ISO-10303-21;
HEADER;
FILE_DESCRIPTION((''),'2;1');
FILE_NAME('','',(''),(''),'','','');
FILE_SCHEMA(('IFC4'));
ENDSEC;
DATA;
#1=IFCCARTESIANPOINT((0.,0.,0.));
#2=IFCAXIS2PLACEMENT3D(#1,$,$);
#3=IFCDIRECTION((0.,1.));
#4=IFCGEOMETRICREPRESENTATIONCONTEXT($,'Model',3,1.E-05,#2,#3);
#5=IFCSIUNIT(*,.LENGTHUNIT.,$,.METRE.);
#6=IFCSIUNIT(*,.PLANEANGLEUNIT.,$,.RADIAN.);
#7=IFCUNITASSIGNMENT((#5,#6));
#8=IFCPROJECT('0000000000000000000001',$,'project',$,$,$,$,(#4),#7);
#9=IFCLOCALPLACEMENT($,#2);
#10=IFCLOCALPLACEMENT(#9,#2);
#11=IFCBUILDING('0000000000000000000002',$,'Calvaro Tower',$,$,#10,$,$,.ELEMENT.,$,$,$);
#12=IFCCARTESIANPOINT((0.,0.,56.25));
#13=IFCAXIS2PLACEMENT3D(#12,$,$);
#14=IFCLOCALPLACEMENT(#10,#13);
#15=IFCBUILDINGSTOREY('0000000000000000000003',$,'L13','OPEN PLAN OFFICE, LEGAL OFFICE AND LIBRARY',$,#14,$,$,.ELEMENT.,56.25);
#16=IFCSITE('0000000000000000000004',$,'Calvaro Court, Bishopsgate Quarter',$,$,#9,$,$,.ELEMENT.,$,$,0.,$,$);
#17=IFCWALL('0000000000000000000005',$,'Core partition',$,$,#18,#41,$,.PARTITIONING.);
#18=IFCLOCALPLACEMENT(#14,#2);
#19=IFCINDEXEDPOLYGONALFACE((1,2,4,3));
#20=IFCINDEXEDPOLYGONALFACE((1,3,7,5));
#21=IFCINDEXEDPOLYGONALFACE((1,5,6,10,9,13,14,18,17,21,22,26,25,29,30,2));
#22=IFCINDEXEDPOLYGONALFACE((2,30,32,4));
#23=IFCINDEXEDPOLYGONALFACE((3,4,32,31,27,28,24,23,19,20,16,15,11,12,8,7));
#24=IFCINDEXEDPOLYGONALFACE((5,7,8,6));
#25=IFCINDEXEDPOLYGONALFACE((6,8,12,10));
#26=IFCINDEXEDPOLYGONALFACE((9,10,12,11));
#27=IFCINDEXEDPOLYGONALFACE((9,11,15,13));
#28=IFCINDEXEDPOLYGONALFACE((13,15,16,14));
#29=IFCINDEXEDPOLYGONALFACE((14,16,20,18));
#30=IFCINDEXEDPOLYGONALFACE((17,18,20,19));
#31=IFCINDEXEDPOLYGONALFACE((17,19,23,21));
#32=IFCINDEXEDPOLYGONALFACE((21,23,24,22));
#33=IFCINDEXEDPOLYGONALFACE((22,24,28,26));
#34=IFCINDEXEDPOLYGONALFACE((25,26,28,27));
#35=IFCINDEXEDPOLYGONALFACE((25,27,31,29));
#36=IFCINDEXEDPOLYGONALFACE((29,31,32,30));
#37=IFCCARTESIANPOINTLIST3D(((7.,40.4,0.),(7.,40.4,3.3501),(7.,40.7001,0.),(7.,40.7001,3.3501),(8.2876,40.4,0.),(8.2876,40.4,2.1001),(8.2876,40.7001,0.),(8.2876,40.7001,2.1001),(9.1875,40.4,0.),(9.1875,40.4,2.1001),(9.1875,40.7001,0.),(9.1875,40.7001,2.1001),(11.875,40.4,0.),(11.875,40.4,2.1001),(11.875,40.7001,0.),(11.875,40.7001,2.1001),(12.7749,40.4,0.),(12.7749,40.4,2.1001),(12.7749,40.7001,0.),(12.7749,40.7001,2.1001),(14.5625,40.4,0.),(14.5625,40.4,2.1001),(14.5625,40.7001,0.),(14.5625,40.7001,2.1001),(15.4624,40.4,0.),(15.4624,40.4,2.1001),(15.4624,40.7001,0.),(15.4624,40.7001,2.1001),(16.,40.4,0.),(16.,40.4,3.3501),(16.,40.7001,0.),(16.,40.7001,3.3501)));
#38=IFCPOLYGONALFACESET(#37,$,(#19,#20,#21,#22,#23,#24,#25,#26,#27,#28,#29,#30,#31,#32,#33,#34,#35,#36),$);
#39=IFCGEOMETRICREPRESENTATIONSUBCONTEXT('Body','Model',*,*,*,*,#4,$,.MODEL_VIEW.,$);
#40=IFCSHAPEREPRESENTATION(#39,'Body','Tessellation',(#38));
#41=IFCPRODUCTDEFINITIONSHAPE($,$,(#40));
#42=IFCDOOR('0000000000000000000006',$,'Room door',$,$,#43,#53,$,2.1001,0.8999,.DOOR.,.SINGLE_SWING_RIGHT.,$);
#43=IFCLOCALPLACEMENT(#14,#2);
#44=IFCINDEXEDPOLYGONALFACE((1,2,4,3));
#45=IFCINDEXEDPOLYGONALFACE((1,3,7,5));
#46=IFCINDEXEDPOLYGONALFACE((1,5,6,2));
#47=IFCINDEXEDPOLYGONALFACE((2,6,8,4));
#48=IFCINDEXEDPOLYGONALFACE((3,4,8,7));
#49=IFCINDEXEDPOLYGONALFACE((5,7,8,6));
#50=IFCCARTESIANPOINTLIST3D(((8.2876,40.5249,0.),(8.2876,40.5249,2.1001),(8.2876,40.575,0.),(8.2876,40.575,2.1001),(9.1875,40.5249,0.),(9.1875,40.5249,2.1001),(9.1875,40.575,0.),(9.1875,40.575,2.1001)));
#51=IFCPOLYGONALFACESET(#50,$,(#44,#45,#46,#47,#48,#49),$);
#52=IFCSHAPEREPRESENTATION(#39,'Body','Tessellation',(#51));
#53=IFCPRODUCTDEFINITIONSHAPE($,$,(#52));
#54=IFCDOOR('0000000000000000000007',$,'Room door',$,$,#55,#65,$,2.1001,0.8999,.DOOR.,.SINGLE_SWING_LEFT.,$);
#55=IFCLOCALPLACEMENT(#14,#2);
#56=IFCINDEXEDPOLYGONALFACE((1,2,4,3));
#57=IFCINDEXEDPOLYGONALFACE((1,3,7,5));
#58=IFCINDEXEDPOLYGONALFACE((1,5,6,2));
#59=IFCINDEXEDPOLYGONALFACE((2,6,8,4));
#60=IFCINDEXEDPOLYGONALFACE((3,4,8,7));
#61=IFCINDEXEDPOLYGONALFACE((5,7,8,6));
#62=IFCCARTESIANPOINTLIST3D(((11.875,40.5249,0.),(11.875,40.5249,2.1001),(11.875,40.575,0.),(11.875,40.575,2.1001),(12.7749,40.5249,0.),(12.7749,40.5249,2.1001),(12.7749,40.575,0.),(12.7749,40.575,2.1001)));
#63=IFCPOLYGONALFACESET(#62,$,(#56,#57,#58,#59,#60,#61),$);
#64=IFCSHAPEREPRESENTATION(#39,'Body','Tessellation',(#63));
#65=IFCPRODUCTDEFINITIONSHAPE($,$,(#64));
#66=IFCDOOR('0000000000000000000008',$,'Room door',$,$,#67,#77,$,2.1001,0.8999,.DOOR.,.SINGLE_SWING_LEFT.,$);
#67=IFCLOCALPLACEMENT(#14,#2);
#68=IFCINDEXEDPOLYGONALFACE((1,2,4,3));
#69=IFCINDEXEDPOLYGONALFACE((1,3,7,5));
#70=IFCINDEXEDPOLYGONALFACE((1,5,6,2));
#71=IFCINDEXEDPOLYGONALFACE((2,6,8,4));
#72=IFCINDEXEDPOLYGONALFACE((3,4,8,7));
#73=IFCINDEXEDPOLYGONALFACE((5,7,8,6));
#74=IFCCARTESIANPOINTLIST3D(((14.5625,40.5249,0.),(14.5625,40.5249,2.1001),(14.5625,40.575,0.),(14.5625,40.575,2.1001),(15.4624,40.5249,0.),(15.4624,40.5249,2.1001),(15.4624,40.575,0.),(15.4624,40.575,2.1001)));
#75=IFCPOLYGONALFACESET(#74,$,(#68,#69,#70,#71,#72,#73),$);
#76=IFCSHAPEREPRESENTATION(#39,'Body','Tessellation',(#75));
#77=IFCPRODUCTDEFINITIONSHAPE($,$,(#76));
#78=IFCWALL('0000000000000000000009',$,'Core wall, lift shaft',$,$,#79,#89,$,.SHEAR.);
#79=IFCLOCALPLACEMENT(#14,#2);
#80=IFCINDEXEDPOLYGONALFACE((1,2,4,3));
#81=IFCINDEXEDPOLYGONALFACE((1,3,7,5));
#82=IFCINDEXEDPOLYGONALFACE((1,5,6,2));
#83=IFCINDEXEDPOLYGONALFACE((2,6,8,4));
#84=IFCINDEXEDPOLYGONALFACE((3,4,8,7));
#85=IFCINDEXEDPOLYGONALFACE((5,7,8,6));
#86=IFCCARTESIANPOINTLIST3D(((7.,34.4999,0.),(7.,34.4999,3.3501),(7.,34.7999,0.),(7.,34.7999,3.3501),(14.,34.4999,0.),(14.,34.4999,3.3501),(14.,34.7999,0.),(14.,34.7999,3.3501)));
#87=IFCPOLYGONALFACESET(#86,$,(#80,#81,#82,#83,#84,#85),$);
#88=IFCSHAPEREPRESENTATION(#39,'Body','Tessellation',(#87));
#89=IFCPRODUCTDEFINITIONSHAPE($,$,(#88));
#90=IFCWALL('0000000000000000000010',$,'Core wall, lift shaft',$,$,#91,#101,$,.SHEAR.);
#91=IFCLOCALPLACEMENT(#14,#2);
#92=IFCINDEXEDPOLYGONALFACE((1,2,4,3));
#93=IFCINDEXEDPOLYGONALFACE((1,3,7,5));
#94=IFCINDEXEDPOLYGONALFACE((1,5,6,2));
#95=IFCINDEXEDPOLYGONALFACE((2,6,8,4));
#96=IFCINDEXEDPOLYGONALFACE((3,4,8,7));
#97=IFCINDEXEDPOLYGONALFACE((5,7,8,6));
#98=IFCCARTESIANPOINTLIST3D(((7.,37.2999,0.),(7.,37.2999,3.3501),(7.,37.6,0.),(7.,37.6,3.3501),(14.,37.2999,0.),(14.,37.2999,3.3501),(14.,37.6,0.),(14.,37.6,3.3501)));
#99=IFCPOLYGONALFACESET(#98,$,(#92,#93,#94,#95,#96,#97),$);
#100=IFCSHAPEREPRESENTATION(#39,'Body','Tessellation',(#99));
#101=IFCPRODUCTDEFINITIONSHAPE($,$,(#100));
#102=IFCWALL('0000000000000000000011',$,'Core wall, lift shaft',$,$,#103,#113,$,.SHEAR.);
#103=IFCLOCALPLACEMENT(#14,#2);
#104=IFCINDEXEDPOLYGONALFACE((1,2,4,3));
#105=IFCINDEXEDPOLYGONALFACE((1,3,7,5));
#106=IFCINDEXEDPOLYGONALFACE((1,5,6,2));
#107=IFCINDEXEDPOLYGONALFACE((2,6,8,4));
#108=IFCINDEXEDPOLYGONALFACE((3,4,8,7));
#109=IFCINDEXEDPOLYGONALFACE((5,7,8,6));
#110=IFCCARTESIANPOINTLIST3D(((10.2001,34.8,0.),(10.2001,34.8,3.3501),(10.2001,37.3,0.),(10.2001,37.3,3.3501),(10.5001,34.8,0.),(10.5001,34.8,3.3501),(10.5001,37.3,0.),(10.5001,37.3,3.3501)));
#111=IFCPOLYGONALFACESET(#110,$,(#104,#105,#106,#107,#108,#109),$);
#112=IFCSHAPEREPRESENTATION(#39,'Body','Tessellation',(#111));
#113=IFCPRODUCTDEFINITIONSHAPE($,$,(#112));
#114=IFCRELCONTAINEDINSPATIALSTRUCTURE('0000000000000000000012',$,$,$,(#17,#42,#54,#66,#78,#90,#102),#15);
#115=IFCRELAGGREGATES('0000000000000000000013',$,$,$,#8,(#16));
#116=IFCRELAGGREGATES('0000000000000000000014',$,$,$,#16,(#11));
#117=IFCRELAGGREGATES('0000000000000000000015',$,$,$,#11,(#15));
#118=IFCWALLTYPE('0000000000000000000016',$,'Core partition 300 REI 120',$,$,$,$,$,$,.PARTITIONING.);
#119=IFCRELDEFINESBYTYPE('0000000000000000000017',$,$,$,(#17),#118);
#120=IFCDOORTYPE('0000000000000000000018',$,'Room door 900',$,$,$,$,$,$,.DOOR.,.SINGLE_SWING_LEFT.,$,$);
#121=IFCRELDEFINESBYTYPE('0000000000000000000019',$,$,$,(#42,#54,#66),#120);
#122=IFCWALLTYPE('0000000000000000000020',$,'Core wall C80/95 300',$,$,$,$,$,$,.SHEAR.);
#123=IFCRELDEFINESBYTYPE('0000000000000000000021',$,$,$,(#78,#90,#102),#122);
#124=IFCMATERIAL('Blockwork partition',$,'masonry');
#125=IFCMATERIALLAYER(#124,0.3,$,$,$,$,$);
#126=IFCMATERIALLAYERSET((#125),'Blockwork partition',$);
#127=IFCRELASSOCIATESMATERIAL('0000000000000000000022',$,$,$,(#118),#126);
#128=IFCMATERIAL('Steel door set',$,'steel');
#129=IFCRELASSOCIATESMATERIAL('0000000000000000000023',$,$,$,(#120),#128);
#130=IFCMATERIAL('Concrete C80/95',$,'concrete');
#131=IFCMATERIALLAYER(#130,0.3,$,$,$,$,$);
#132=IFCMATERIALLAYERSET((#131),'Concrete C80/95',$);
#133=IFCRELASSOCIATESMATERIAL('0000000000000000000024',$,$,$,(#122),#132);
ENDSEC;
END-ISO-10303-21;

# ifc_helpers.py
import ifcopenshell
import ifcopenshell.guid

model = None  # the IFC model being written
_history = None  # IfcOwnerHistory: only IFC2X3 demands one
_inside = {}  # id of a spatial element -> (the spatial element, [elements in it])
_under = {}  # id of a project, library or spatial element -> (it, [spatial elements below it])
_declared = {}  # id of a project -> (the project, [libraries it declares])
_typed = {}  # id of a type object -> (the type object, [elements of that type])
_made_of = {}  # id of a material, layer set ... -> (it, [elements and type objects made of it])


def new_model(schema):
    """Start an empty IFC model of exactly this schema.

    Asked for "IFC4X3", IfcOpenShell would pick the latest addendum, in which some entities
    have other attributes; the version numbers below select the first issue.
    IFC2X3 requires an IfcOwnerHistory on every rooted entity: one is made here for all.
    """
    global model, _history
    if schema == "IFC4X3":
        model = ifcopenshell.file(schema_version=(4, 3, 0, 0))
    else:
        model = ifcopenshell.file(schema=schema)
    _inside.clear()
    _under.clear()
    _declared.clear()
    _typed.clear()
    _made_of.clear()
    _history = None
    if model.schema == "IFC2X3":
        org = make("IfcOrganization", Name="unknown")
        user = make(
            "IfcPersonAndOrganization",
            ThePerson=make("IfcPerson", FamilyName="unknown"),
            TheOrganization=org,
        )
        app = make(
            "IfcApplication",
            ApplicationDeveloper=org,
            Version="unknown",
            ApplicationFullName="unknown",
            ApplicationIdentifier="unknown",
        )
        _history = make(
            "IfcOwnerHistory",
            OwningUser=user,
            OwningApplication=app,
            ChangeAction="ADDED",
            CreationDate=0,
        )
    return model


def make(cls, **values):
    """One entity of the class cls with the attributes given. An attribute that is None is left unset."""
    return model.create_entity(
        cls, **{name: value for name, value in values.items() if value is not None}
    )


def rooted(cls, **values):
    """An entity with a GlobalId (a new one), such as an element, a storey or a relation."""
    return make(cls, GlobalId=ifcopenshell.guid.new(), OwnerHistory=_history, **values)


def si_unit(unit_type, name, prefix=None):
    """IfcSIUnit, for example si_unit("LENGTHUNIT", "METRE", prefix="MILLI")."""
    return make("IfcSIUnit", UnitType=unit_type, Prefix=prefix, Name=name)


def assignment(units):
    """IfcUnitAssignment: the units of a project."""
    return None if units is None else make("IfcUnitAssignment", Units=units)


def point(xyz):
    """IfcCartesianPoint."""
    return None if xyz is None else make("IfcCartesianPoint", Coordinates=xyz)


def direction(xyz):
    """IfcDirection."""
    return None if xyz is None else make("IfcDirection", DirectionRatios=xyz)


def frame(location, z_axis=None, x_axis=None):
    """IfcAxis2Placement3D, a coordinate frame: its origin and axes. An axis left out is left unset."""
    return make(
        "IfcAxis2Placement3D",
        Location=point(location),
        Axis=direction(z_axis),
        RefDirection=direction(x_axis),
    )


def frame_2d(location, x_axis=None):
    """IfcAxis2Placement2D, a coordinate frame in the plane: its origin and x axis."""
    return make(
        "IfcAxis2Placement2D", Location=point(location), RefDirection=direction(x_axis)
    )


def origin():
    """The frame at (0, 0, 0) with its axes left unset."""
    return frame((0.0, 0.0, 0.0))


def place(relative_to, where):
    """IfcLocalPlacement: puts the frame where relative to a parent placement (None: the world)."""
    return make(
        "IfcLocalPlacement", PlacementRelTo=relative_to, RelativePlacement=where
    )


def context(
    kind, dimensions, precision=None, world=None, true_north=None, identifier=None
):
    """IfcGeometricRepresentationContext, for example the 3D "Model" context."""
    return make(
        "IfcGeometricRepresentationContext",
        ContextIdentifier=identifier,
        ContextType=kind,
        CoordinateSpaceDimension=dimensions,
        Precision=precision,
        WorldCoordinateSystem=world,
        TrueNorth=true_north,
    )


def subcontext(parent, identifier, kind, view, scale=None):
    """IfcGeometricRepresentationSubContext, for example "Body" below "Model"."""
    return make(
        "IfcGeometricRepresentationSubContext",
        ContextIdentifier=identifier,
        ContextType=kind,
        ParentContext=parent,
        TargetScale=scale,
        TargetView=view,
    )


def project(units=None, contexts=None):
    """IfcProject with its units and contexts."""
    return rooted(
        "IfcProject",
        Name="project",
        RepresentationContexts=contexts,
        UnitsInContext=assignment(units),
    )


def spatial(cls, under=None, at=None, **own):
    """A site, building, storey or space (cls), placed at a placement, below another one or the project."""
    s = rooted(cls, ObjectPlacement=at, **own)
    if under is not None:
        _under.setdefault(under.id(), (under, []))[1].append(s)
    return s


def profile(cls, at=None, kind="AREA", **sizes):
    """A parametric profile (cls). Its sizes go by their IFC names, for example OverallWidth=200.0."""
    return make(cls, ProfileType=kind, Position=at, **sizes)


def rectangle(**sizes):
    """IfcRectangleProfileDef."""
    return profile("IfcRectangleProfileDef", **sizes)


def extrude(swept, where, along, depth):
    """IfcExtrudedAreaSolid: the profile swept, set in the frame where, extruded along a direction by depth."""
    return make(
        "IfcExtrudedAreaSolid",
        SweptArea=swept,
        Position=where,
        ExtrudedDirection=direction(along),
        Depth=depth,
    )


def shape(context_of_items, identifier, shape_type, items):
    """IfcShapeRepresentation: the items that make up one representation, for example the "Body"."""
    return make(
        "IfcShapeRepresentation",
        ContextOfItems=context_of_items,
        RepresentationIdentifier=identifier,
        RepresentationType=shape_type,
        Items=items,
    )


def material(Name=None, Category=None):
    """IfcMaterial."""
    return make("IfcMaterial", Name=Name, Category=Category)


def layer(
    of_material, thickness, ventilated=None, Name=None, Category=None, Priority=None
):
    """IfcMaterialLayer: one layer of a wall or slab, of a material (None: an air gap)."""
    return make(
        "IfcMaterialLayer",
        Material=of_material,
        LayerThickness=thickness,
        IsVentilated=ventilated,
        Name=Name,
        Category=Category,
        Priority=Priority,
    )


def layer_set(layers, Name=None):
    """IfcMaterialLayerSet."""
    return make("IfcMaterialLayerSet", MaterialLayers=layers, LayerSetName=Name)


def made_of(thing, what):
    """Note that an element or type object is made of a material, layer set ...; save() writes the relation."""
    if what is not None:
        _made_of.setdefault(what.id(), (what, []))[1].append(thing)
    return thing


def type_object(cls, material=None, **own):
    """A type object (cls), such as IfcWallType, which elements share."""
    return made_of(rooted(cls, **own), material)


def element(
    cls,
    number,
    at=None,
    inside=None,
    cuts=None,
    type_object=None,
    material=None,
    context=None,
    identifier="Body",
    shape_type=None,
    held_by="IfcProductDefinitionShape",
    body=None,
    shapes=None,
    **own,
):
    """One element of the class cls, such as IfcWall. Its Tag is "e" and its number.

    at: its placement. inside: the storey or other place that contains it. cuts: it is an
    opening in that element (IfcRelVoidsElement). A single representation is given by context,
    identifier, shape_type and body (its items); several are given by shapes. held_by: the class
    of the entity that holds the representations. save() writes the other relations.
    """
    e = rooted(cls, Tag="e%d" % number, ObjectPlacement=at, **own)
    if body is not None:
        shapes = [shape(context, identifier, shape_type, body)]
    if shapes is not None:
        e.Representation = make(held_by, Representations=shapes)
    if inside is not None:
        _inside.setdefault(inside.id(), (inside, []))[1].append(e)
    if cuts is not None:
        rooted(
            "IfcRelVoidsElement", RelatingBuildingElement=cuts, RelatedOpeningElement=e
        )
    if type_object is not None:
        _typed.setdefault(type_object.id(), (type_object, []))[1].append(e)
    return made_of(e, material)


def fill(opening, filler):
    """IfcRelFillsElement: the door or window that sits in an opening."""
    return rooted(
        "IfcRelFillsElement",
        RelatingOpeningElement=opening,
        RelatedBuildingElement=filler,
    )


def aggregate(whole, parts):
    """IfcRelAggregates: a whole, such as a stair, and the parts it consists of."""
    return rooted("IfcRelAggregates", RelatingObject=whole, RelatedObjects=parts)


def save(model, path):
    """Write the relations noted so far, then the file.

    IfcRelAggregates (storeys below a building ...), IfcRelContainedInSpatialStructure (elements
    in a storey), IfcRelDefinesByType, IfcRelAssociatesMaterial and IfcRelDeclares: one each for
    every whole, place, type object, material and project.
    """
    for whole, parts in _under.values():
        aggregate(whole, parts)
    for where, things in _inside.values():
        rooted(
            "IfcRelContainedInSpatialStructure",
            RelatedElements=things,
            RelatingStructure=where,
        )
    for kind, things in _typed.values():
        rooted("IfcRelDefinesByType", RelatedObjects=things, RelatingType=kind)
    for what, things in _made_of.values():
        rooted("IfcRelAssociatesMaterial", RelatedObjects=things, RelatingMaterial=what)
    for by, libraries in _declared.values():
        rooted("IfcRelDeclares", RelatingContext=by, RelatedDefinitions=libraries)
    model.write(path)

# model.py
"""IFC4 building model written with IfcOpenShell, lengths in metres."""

from ifc_helpers import new_model, si_unit, direction, frame, frame_2d, origin, place, context, subcontext, project, spatial, rectangle, extrude, material, layer, layer_set, type_object, element, fill, save


model = new_model("IFC4")

# Units and contexts
model_context = context("Model", 3, precision=1e-05, world=origin(), true_north=direction((0.0, 1.0)))
body_context = subcontext(model_context, "Body", "Model", "MODEL_VIEW")
ifc_project = project(units=[si_unit("LENGTHUNIT", "METRE"), si_unit("PLANEANGLEUNIT", "RADIAN")], contexts=[model_context])

# Site, building, storey
site_placement = place(None, origin())
site = spatial("IfcSite", under=ifc_project, at=site_placement, Name="Calvaro Court, Bishopsgate Quarter", CompositionType="ELEMENT", RefElevation=0.0)
building_placement = place(site_placement, origin())
building = spatial("IfcBuilding", under=site, at=building_placement, Name="Calvaro Tower", CompositionType="ELEMENT")
storey_placement = place(building_placement, frame((0.0, 0.0, 56.25)))
storey = spatial("IfcBuildingStorey", under=building, at=storey_placement, Name="L13", Description="OPEN PLAN OFFICE, LEGAL OFFICE AND LIBRARY", CompositionType="ELEMENT", Elevation=56.25)

# Wall, openings, doors
ifc_material_1 = material(Name="Blockwork partition", Category="masonry")
ifc_layer_1 = layer(ifc_material_1, 0.3)
ifc_layer_set_1 = layer_set([ifc_layer_1], Name="Blockwork partition")
wall_type_1 = type_object("IfcWallType", Name="Core partition 300 REI 120", PredefinedType="PARTITIONING", material=ifc_layer_set_1)
wall_1_placement = place(storey_placement, frame((7.0, 40.55, 0.0), z_axis=(0.0, 0.0, 1.0), x_axis=(1.0, 0.0, 0.0)))
wall_1 = element("IfcWall", 1, at=wall_1_placement, inside=storey, type_object=wall_type_1, Name="Core partition", PredefinedType="PARTITIONING", context=body_context, shape_type="SweptSolid", body=[
    extrude(rectangle(XDim=9.0, YDim=0.3, at=frame_2d((4.5, 0.0))), origin(), (0.0, 0.0, 1.0), 3.3501),
])
opening_1_placement = place(wall_1_placement, frame((1.2876, 0.0, 0.0)))
opening_1 = element("IfcOpeningElement", 2, at=opening_1_placement, cuts=wall_1, PredefinedType="OPENING", context=body_context, shape_type="SweptSolid", body=[
    extrude(rectangle(XDim=0.8999, YDim=2.1001, at=frame_2d((0.45, 1.05))), frame((0.0, 0.1599, 0.0), z_axis=(0.0, -1.0, 0.0), x_axis=(1.0, 0.0, 0.0)), (0.0, 0.0, 1.0), 0.3201),
])
opening_2_placement = place(wall_1_placement, frame((4.875, 0.0, 0.0)))
opening_2 = element("IfcOpeningElement", 3, at=opening_2_placement, cuts=wall_1, PredefinedType="OPENING", context=body_context, shape_type="SweptSolid", body=[
    extrude(rectangle(XDim=0.8999, YDim=2.1001, at=frame_2d((0.45, 1.05))), frame((0.0, 0.1599, 0.0), z_axis=(0.0, -1.0, 0.0), x_axis=(1.0, 0.0, 0.0)), (0.0, 0.0, 1.0), 0.3201),
])
opening_3_placement = place(wall_1_placement, frame((7.5625, 0.0, 0.0)))
opening_3 = element("IfcOpeningElement", 4, at=opening_3_placement, cuts=wall_1, PredefinedType="OPENING", context=body_context, shape_type="SweptSolid", body=[
    extrude(rectangle(XDim=0.8999, YDim=2.1001, at=frame_2d((0.45, 1.05))), frame((0.0, 0.1599, 0.0), z_axis=(0.0, -1.0, 0.0), x_axis=(1.0, 0.0, 0.0)), (0.0, 0.0, 1.0), 0.3201),
])
ifc_material_2 = material(Name="Steel door set", Category="steel")
door_type = type_object("IfcDoorType", Name="Room door 900", OperationType="SINGLE_SWING_LEFT", PredefinedType="DOOR", material=ifc_material_2)
door_1_placement = place(opening_1_placement, origin())
door_1 = element("IfcDoor", 5, at=door_1_placement, inside=storey, type_object=door_type, Name="Room door", OperationType="SINGLE_SWING_RIGHT", OverallHeight=2.1001, OverallWidth=0.8999, PredefinedType="DOOR", context=body_context, shape_type="SweptSolid", body=[
    extrude(rectangle(XDim=0.8999, YDim=2.1001, at=frame_2d((0.45, 1.05))), frame((0.0, 0.0249, 0.0), z_axis=(0.0, -1.0, 0.0), x_axis=(1.0, 0.0, 0.0)), (0.0, 0.0, 1.0), 0.05),
])
fill(opening_1, door_1)
door_2_placement = place(opening_2_placement, origin())
door_2 = element("IfcDoor", 6, at=door_2_placement, inside=storey, type_object=door_type, Name="Room door", OperationType="SINGLE_SWING_LEFT", OverallHeight=2.1001, OverallWidth=0.8999, PredefinedType="DOOR", context=body_context, shape_type="SweptSolid", body=[
    extrude(rectangle(XDim=0.8999, YDim=2.1001, at=frame_2d((0.45, 1.05))), frame((0.0, 0.0249, 0.0), z_axis=(0.0, -1.0, 0.0), x_axis=(1.0, 0.0, 0.0)), (0.0, 0.0, 1.0), 0.05),
])
fill(opening_2, door_2)
door_3_placement = place(opening_3_placement, origin())
door_3 = element("IfcDoor", 7, at=door_3_placement, inside=storey, type_object=door_type, Name="Room door", OperationType="SINGLE_SWING_LEFT", OverallHeight=2.1001, OverallWidth=0.8999, PredefinedType="DOOR", context=body_context, shape_type="SweptSolid", body=[
    extrude(rectangle(XDim=0.8999, YDim=2.1001, at=frame_2d((0.45, 1.05))), frame((0.0, 0.0249, 0.0), z_axis=(0.0, -1.0, 0.0), x_axis=(1.0, 0.0, 0.0)), (0.0, 0.0, 1.0), 0.05),
])
fill(opening_3, door_3)

# Walls
ifc_material_3 = material(Name="Concrete C80/95", Category="concrete")
ifc_layer_2 = layer(ifc_material_3, 0.3)
ifc_layer_set_2 = layer_set([ifc_layer_2], Name="Concrete C80/95")
wall_type_2 = type_object("IfcWallType", Name="Core wall C80/95 300", PredefinedType="SHEAR", material=ifc_layer_set_2)
for number, where, z_axis, x_axis, name in (
    (8, (7.0, 34.6499, 0.0), (0.0, 0.0, 1.0), (1.0, 0.0, 0.0), "Core wall, lift shaft"),
    (9, (7.0, 37.45, 0.0), (0.0, 0.0, 1.0), (1.0, 0.0, 0.0), "Core wall, lift shaft"),
):
    element("IfcWall", number, at=place(storey_placement, frame(where, z_axis=z_axis, x_axis=x_axis)), inside=storey, type_object=wall_type_2, Name=name, PredefinedType="SHEAR", context=body_context, shape_type="SweptSolid", body=[
        extrude(rectangle(XDim=7.0, YDim=0.3, at=frame_2d((3.5, 0.0))), origin(), (0.0, 0.0, 1.0), 3.3501),
    ])
wall_2_placement = place(storey_placement, frame((10.3501, 34.8, 0.0), z_axis=(0.0, 0.0, 1.0), x_axis=(0.0, 1.0, 0.0)))
element("IfcWall", 10, at=wall_2_placement, inside=storey, type_object=wall_type_2, Name="Core wall, lift shaft", PredefinedType="SHEAR", context=body_context, shape_type="SweptSolid", body=[
    extrude(rectangle(XDim=2.5, YDim=0.3, at=frame_2d((1.25, 0.0))), origin(), (0.0, 0.0, 1.0), 3.3501),
])

save(model, "model.ifc")
